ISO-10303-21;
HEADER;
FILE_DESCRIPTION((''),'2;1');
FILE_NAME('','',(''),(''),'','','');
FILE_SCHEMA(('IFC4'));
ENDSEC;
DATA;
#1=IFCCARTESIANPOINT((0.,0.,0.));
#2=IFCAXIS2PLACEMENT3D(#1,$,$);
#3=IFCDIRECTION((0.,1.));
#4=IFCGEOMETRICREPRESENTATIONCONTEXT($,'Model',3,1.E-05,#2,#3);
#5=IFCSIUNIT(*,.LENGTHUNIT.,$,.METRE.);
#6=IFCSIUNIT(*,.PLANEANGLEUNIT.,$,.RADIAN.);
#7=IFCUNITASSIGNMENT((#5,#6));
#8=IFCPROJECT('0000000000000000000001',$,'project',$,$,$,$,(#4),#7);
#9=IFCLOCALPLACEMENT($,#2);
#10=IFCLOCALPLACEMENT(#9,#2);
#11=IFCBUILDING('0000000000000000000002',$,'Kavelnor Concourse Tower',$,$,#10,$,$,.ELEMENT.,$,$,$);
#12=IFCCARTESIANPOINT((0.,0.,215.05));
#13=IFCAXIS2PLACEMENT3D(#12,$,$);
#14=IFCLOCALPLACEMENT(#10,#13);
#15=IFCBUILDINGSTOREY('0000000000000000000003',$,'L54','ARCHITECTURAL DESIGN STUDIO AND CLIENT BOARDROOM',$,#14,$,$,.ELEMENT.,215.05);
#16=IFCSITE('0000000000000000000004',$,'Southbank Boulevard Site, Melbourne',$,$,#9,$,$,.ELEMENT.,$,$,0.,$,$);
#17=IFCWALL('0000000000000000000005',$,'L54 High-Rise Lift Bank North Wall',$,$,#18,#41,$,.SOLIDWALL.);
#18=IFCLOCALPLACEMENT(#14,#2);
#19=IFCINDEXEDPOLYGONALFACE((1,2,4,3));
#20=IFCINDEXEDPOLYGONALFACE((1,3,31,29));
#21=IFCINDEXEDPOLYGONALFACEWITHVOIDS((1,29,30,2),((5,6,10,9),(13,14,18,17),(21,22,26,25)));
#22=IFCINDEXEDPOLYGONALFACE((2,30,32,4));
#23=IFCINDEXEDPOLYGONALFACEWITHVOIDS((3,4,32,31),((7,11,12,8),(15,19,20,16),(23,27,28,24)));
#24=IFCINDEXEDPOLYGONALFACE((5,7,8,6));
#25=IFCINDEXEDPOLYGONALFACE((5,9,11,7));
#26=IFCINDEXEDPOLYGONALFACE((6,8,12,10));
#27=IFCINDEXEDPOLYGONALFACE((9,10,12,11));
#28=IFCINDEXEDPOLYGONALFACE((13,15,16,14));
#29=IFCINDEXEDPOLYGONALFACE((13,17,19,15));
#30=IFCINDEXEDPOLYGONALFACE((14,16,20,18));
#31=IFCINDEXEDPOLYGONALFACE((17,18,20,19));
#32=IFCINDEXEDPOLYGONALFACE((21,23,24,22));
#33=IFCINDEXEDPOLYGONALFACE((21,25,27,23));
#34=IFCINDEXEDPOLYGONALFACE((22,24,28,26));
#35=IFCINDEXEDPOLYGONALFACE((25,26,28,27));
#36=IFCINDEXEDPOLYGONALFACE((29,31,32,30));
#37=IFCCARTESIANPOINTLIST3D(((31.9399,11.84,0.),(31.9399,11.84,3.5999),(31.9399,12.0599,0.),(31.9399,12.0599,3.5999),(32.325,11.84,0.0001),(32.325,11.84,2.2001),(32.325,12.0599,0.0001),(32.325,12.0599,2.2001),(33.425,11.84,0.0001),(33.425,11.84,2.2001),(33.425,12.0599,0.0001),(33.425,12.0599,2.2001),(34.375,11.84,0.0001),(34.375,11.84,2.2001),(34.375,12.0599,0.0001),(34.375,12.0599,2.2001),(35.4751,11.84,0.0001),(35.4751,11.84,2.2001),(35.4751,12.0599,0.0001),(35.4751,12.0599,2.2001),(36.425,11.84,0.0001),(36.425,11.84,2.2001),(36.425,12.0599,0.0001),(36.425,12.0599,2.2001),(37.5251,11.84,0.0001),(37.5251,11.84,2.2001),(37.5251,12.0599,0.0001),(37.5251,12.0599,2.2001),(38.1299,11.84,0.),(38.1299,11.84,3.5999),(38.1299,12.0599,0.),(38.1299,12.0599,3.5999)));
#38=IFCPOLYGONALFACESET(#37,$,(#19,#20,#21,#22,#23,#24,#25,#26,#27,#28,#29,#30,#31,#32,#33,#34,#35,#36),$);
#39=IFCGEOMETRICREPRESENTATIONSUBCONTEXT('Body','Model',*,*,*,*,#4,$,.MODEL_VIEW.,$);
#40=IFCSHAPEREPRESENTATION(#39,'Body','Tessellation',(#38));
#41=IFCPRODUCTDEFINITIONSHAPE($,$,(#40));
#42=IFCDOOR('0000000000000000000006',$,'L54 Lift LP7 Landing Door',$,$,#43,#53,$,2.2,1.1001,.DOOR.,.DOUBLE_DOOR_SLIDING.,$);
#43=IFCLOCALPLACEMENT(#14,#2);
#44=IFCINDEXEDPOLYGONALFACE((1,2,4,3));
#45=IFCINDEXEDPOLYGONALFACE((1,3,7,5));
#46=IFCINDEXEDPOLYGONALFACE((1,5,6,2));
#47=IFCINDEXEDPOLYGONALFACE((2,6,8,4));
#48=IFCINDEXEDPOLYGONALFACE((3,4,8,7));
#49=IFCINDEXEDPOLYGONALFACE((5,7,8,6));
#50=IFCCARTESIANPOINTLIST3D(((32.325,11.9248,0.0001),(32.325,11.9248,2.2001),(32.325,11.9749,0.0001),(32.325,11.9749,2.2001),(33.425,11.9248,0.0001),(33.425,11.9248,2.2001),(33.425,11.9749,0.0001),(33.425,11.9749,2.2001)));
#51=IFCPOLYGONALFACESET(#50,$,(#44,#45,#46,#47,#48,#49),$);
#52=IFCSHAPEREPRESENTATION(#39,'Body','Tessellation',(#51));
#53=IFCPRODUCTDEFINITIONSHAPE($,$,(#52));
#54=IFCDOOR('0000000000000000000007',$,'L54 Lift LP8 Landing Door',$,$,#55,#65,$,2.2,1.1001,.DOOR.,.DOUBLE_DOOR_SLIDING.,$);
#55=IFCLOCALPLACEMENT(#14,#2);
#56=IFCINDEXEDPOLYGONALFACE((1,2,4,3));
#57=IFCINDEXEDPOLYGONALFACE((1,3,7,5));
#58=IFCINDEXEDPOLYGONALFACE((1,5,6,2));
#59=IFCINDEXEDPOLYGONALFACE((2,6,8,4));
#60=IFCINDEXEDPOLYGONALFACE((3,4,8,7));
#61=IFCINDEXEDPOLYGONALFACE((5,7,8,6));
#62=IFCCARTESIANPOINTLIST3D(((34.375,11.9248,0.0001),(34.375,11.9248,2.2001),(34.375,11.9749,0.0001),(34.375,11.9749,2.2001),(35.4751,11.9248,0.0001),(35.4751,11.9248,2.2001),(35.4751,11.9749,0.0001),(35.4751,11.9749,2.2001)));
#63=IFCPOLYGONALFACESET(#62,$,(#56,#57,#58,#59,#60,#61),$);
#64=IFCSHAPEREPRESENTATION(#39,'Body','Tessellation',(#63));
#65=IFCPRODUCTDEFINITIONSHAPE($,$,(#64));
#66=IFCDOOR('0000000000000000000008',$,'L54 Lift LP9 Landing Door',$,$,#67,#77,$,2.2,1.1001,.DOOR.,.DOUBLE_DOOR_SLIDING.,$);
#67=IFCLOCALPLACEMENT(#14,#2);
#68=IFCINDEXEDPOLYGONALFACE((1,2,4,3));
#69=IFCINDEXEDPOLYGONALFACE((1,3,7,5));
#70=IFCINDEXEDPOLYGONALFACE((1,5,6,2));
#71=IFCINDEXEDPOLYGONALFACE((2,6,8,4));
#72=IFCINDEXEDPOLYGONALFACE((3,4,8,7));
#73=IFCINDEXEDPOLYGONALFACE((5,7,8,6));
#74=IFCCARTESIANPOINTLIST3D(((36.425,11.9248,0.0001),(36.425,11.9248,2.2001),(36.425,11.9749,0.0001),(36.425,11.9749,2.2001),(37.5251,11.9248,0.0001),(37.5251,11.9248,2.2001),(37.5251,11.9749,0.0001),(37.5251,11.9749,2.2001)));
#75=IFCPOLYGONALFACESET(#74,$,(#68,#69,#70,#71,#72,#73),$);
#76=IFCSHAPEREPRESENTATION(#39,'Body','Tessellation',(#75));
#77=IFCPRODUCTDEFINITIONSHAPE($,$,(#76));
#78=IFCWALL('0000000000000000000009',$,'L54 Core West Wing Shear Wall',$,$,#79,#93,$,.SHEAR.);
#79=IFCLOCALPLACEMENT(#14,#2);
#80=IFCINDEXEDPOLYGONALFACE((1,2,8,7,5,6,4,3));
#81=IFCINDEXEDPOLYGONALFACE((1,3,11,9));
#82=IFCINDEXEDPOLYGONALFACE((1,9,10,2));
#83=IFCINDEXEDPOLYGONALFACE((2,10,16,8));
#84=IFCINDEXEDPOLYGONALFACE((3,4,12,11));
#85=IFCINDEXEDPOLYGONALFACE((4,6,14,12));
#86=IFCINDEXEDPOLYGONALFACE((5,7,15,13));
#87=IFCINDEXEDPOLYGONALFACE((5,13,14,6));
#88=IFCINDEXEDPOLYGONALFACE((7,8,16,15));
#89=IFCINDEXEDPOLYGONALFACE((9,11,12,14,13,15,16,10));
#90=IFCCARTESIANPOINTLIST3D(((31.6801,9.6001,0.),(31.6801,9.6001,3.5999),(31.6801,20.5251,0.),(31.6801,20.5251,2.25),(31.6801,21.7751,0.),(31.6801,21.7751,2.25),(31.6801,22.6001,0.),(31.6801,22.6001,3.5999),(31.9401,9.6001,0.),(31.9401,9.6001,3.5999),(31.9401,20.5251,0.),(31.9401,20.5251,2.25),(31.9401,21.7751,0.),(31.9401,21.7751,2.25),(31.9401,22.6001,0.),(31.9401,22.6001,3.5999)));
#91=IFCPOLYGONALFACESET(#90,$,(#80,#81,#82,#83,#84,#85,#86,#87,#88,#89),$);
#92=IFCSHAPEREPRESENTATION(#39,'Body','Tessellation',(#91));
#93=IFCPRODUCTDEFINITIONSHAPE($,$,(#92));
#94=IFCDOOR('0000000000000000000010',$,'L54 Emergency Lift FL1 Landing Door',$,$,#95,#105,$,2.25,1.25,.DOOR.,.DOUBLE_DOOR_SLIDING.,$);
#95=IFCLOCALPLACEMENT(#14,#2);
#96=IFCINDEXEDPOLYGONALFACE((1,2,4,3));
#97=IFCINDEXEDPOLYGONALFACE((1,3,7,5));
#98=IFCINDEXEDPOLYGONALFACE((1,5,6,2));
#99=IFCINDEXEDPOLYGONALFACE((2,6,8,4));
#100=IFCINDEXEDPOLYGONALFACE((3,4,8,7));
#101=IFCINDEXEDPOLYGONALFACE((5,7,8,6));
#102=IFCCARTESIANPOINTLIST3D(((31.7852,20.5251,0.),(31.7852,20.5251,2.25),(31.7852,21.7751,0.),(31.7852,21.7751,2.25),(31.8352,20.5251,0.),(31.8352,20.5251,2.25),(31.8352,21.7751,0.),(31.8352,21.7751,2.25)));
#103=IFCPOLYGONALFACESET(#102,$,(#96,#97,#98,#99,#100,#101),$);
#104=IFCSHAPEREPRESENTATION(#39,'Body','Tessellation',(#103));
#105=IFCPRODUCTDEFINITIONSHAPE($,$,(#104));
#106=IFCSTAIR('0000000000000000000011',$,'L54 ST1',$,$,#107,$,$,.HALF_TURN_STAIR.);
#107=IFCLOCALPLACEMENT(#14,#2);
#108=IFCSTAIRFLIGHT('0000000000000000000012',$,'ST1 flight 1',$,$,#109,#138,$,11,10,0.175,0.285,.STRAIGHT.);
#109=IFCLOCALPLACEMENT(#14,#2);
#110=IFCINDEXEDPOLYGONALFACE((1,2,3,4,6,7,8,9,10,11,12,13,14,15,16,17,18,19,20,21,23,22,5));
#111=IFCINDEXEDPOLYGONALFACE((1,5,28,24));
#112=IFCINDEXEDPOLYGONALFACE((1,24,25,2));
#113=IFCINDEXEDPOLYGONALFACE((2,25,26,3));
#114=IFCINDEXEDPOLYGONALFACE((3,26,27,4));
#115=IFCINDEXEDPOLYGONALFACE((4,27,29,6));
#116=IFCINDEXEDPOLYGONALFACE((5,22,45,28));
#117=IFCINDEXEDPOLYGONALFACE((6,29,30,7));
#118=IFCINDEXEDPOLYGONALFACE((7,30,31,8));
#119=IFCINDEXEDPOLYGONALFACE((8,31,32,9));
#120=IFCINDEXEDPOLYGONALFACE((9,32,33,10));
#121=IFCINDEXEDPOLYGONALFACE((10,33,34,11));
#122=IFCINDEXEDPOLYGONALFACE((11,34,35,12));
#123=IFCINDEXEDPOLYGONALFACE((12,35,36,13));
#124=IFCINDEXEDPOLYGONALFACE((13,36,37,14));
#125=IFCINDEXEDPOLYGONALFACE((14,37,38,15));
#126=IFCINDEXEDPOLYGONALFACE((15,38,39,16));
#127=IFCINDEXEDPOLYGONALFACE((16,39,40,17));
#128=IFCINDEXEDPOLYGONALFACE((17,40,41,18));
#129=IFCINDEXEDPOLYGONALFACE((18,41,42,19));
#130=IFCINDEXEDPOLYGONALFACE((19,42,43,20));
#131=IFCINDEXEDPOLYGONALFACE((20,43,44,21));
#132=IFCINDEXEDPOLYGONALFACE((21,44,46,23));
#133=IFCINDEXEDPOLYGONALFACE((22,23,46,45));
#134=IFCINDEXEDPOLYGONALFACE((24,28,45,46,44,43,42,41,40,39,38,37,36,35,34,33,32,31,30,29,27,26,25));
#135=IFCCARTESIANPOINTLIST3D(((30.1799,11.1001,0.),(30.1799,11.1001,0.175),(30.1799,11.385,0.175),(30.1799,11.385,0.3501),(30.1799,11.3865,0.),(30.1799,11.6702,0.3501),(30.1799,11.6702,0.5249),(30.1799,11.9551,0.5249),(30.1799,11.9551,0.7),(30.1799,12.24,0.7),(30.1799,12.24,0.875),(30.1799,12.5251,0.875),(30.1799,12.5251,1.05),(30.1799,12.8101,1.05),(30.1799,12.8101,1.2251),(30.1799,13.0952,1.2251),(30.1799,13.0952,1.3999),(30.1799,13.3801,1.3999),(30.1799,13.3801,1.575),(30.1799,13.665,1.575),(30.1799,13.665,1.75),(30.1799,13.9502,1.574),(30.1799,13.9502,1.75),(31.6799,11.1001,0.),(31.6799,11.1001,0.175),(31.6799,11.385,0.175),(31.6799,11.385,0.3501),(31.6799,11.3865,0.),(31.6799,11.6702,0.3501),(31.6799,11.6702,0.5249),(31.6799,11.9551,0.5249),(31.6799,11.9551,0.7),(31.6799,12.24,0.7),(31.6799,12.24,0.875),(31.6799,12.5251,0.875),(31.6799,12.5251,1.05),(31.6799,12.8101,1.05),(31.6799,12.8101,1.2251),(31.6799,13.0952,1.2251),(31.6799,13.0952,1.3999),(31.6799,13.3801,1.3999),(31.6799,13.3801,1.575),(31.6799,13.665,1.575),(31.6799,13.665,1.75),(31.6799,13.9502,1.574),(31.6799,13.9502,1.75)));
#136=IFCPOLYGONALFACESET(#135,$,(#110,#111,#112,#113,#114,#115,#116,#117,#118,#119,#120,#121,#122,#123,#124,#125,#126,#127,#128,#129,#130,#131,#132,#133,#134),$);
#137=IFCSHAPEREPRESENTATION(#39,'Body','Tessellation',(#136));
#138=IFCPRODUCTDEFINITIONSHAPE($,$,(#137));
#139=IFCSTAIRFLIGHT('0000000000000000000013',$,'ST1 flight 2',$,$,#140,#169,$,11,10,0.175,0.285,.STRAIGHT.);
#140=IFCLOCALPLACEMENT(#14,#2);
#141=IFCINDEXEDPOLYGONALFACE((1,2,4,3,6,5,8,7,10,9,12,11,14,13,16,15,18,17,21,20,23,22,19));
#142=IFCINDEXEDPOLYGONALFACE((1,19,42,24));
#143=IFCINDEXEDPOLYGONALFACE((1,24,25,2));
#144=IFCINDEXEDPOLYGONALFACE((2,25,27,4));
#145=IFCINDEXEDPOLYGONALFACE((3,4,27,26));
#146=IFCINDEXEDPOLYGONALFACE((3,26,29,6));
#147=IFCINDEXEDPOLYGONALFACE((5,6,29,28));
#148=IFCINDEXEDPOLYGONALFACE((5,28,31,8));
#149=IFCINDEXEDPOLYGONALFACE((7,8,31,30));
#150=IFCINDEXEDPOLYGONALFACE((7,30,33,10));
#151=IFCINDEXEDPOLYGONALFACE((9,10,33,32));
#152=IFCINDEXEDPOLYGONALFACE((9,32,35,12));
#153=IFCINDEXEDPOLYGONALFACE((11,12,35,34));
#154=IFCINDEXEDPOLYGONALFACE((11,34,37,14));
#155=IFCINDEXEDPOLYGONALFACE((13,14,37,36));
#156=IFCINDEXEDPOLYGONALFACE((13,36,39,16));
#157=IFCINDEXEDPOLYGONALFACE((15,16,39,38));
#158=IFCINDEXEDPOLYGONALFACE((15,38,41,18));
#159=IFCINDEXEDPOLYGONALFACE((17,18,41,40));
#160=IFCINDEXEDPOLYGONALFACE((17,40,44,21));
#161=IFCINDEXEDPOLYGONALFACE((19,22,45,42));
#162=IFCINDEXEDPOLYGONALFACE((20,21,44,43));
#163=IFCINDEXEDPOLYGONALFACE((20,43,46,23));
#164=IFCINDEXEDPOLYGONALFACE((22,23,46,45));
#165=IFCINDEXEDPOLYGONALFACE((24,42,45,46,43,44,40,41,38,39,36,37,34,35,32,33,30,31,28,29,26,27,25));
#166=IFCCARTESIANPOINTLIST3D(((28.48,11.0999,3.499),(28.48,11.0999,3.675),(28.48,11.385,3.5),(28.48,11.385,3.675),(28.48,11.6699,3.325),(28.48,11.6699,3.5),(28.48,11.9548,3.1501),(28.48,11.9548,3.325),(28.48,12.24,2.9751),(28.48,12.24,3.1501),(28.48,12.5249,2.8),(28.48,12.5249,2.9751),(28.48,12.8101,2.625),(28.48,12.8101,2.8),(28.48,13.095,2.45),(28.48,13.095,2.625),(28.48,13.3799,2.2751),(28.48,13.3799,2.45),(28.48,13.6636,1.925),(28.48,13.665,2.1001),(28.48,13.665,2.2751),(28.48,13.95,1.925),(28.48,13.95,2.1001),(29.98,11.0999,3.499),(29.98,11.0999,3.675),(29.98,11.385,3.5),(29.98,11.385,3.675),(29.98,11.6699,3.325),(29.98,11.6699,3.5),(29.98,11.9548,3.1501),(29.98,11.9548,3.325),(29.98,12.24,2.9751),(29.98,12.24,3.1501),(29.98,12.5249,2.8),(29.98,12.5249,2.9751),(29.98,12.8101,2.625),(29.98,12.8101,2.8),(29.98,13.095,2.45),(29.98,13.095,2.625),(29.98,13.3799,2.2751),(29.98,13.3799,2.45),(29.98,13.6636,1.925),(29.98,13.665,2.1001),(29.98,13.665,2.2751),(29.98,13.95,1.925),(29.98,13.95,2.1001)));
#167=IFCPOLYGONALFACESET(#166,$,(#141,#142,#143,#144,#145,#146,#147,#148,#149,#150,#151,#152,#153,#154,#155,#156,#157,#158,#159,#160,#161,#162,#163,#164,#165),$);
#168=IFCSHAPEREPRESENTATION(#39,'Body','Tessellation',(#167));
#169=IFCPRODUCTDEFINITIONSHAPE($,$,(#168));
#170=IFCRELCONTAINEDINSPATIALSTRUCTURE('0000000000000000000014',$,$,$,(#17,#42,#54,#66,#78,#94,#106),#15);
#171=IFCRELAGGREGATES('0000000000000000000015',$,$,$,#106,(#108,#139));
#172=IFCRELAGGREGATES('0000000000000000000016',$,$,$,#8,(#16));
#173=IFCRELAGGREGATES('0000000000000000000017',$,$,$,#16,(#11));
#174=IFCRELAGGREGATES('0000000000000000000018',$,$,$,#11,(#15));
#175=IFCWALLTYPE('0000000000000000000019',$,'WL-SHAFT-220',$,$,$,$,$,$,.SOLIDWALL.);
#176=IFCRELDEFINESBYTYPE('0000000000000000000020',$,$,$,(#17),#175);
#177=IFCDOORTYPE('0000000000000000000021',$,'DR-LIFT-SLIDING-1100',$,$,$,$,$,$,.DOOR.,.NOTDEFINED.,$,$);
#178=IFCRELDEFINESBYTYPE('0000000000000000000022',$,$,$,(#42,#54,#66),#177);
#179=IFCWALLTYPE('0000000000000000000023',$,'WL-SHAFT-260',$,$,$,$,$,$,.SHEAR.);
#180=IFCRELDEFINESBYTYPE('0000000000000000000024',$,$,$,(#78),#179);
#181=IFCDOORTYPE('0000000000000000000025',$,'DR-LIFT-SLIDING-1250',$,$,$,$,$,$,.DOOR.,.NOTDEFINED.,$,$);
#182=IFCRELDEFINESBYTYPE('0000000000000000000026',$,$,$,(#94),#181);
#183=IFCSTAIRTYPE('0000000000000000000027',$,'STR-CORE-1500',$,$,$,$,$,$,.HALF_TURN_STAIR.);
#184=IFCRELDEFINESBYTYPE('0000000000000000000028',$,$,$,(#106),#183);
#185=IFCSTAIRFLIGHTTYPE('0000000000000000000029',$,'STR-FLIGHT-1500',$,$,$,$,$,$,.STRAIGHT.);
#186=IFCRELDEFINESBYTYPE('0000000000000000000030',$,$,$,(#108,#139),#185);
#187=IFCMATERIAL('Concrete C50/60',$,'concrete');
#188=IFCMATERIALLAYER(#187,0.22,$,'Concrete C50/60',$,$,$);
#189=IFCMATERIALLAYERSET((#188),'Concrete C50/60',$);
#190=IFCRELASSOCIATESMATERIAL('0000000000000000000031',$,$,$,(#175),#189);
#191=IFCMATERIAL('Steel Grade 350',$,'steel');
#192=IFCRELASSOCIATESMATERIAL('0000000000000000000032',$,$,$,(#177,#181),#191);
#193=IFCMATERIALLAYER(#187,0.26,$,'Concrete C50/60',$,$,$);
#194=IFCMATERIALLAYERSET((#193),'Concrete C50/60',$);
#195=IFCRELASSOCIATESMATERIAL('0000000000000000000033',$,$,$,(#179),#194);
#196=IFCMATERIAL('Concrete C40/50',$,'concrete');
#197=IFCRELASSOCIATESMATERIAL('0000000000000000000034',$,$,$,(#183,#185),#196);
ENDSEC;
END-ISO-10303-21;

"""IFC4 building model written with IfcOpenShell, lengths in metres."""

from ifc_helpers import new_model, si_unit, direction, frame, frame_2d, origin, place, context, subcontext, project, spatial, polyline, rectangle, outline, extrude, material, layer, layer_set, type_object, element, fill, aggregate, save


model = new_model("IFC4")

# Units and contexts
model_context = context("Model", 3, precision=1e-05, world=origin(), true_north=direction((0.0, 1.0)))
body_context = subcontext(model_context, "Body", "Model", "MODEL_VIEW")
ifc_project = project(units=[si_unit("LENGTHUNIT", "METRE"), si_unit("PLANEANGLEUNIT", "RADIAN")], contexts=[model_context])

# Site, building, storey
site_placement = place(None, origin())
site = spatial("IfcSite", under=ifc_project, at=site_placement, Name="Southbank Boulevard Site, Melbourne", CompositionType="ELEMENT", RefElevation=0.0)
building_placement = place(site_placement, origin())
building = spatial("IfcBuilding", under=site, at=building_placement, Name="Kavelnor Concourse Tower", CompositionType="ELEMENT")
storey_placement = place(building_placement, frame((0.0, 0.0, 215.05)))
storey = spatial("IfcBuildingStorey", under=building, at=storey_placement, Name="L54", Description="ARCHITECTURAL DESIGN STUDIO AND CLIENT BOARDROOM", CompositionType="ELEMENT", Elevation=215.05)

# Shared definitions
ifc_material_1 = material(Name="Steel Grade 350", Category="steel")

# Shared definitions
ifc_material_2 = material(Name="Concrete C50/60", Category="concrete")

# Shared definitions
ifc_layer_1 = layer(ifc_material_2, 0.22, Name="Concrete C50/60")
ifc_layer_set_1 = layer_set([ifc_layer_1], Name="Concrete C50/60")
wall_type_1 = type_object("IfcWallType", Name="WL-SHAFT-220", PredefinedType="SOLIDWALL", material=ifc_layer_set_1)

# Wall, openings, doors
wall_1_placement = place(storey_placement, frame((31.9399, 11.95, 0.0), z_axis=(0.0, 0.0, 1.0), x_axis=(1.0, 0.0, 0.0)))
wall_1 = element("IfcWall", 1, at=wall_1_placement, inside=storey, type_object=wall_type_1, Name="L54 High-Rise Lift Bank North Wall", PredefinedType="SOLIDWALL", context=body_context, shape_type="SweptSolid", body=[
    extrude(rectangle(XDim=6.1899, YDim=0.22, at=frame_2d((3.095, 0.0))), origin(), (0.0, 0.0, 1.0), 3.5999),
])
opening_1_placement = place(wall_1_placement, frame((0.385, 0.0, 0.0)))
opening_1 = element("IfcOpeningElement", 2, at=opening_1_placement, cuts=wall_1, PredefinedType="OPENING", context=body_context, shape_type="SweptSolid", body=[
    extrude(rectangle(XDim=1.1001, YDim=2.2, at=frame_2d((0.55, 1.1001))), frame((0.0, 0.1201, 0.0), z_axis=(0.0, -1.0, 0.0), x_axis=(1.0, 0.0, 0.0)), (0.0, 0.0, 1.0), 0.24),
])
opening_2_placement = place(wall_1_placement, frame((2.4351, 0.0, 0.0)))
opening_2 = element("IfcOpeningElement", 3, at=opening_2_placement, cuts=wall_1, PredefinedType="OPENING", context=body_context, shape_type="SweptSolid", body=[
    extrude(rectangle(XDim=1.1001, YDim=2.2, at=frame_2d((0.55, 1.1001))), frame((0.0, 0.1201, 0.0), z_axis=(0.0, -1.0, 0.0), x_axis=(1.0, 0.0, 0.0)), (0.0, 0.0, 1.0), 0.24),
])
opening_3_placement = place(wall_1_placement, frame((4.4851, 0.0, 0.0)))
opening_3 = element("IfcOpeningElement", 4, at=opening_3_placement, cuts=wall_1, PredefinedType="OPENING", context=body_context, shape_type="SweptSolid", body=[
    extrude(rectangle(XDim=1.1001, YDim=2.2, at=frame_2d((0.55, 1.1001))), frame((0.0, 0.1201, 0.0), z_axis=(0.0, -1.0, 0.0), x_axis=(1.0, 0.0, 0.0)), (0.0, 0.0, 1.0), 0.24),
])
door_type_1 = type_object("IfcDoorType", Name="DR-LIFT-SLIDING-1100", OperationType="NOTDEFINED", PredefinedType="DOOR", material=ifc_material_1)
door_1_placement = place(opening_1_placement, origin())
door_1 = element("IfcDoor", 5, at=door_1_placement, inside=storey, type_object=door_type_1, Name="L54 Lift LP7 Landing Door", OperationType="DOUBLE_DOOR_SLIDING", OverallHeight=2.2, OverallWidth=1.1001, PredefinedType="DOOR", context=body_context, shape_type="SweptSolid", body=[
    extrude(rectangle(XDim=1.1001, YDim=2.2, at=frame_2d((0.55, 1.1001))), frame((0.0, 0.0249, 0.0), z_axis=(0.0, -1.0, 0.0), x_axis=(1.0, 0.0, 0.0)), (0.0, 0.0, 1.0), 0.05),
])
fill(opening_1, door_1)
door_2_placement = place(opening_2_placement, origin())
door_2 = element("IfcDoor", 6, at=door_2_placement, inside=storey, type_object=door_type_1, Name="L54 Lift LP8 Landing Door", OperationType="DOUBLE_DOOR_SLIDING", OverallHeight=2.2, OverallWidth=1.1001, PredefinedType="DOOR", context=body_context, shape_type="SweptSolid", body=[
    extrude(rectangle(XDim=1.1001, YDim=2.2, at=frame_2d((0.55, 1.1001))), frame((0.0, 0.0249, 0.0), z_axis=(0.0, -1.0, 0.0), x_axis=(1.0, 0.0, 0.0)), (0.0, 0.0, 1.0), 0.05),
])
fill(opening_2, door_2)
door_3_placement = place(opening_3_placement, origin())
door_3 = element("IfcDoor", 7, at=door_3_placement, inside=storey, type_object=door_type_1, Name="L54 Lift LP9 Landing Door", OperationType="DOUBLE_DOOR_SLIDING", OverallHeight=2.2, OverallWidth=1.1001, PredefinedType="DOOR", context=body_context, shape_type="SweptSolid", body=[
    extrude(rectangle(XDim=1.1001, YDim=2.2, at=frame_2d((0.55, 1.1001))), frame((0.0, 0.0249, 0.0), z_axis=(0.0, -1.0, 0.0), x_axis=(1.0, 0.0, 0.0)), (0.0, 0.0, 1.0), 0.05),
])
fill(opening_3, door_3)

# Wall, opening, door
ifc_layer_2 = layer(ifc_material_2, 0.26, Name="Concrete C50/60")
ifc_layer_set_2 = layer_set([ifc_layer_2], Name="Concrete C50/60")
wall_type_2 = type_object("IfcWallType", Name="WL-SHAFT-260", PredefinedType="SHEAR", material=ifc_layer_set_2)
wall_2_placement = place(storey_placement, frame((31.8101, 9.6001, 0.0), z_axis=(0.0, 0.0, 1.0), x_axis=(0.0, 1.0, 0.0)))
wall_2 = element("IfcWall", 8, at=wall_2_placement, inside=storey, type_object=wall_type_2, Name="L54 Core West Wing Shear Wall", PredefinedType="SHEAR", context=body_context, shape_type="SweptSolid", body=[
    extrude(rectangle(XDim=13.0, YDim=0.26, at=frame_2d((6.5, 0.0))), origin(), (0.0, 0.0, 1.0), 3.5999),
])
opening_4_placement = place(wall_2_placement, frame((10.925, 0.0, 0.0)))
opening_4 = element("IfcOpeningElement", 9, at=opening_4_placement, cuts=wall_2, PredefinedType="OPENING", context=body_context, shape_type="SweptSolid", body=[
    extrude(rectangle(XDim=1.25, YDim=2.25, at=frame_2d((0.625, 1.125))), frame((0.0, 0.1401, 0.0), z_axis=(0.0, -1.0, 0.0), x_axis=(1.0, 0.0, 0.0)), (0.0, 0.0, 1.0), 0.28),
])
door_type_2 = type_object("IfcDoorType", Name="DR-LIFT-SLIDING-1250", OperationType="NOTDEFINED", PredefinedType="DOOR", material=ifc_material_1)
door_4_placement = place(opening_4_placement, origin())
door_4 = element("IfcDoor", 10, at=door_4_placement, inside=storey, type_object=door_type_2, Name="L54 Emergency Lift FL1 Landing Door", OperationType="DOUBLE_DOOR_SLIDING", OverallHeight=2.25, OverallWidth=1.25, PredefinedType="DOOR", context=body_context, shape_type="SweptSolid", body=[
    extrude(rectangle(XDim=1.25, YDim=2.25, at=frame_2d((0.625, 1.125))), frame((0.0, 0.0249, 0.0), z_axis=(0.0, -1.0, 0.0), x_axis=(1.0, 0.0, 0.0)), (0.0, 0.0, 1.0), 0.05),
])
fill(opening_4, door_4)

# Stair, stair flights
ifc_material_3 = material(Name="Concrete C40/50", Category="concrete")
stair_type = type_object("IfcStairType", Name="STR-CORE-1500", PredefinedType="HALF_TURN_STAIR", material=ifc_material_3)
stair_placement = place(storey_placement, origin())
stair = element("IfcStair", 11, at=stair_placement, inside=storey, type_object=stair_type, Name="L54 ST1", PredefinedType="HALF_TURN_STAIR")
stair_flight_type = type_object("IfcStairFlightType", Name="STR-FLIGHT-1500", PredefinedType="STRAIGHT", material=ifc_material_3)
stair_flight_1_placement = place(storey_placement, frame((30.9299, 11.1001, 0.0), z_axis=(0.0, 0.0, 1.0), x_axis=(0.0, 1.0, 0.0)))
stair_flight_1 = element("IfcStairFlight", 12, at=stair_flight_1_placement, type_object=stair_flight_type, Name="ST1 flight 1", NumberOfRisers=11, NumberOfTreads=10, PredefinedType="STRAIGHT", RiserHeight=0.175, TreadLength=0.285, context=body_context, shape_type="SweptSolid", body=[
    extrude(outline(polyline([(0.0, 0.0), (0.0, 0.175), (0.2849, 0.175), (0.2849, 0.3501), (0.5701, 0.3501), (0.5701, 0.5249), (0.855, 0.5249), (0.855, 0.7), (1.1399, 0.7), (1.1399, 0.875), (1.425, 0.875), (1.425, 1.05), (1.71, 1.05), (1.71, 1.2251), (1.9951, 1.2251), (1.9951, 1.3999), (2.28, 1.3999), (2.28, 1.575), (2.5649, 1.575), (2.5649, 1.75), (2.8501, 1.75), (2.8501, 1.925), (2.8501, 1.574), (0.2864, 0.0), (0.0, 0.0)])), frame((0.0, 0.75, 0.0), z_axis=(0.0, -1.0, 0.0), x_axis=(1.0, 0.0, 0.0)), (0.0, 0.0, 1.0), 1.5),
])
stair_flight_2_placement = place(storey_placement, frame((29.23, 13.95, 1.925), z_axis=(0.0, 0.0, 1.0), x_axis=(0.0, -1.0, 0.0)))
stair_flight_2 = element("IfcStairFlight", 13, at=stair_flight_2_placement, type_object=stair_flight_type, Name="ST1 flight 2", NumberOfRisers=11, NumberOfTreads=10, PredefinedType="STRAIGHT", RiserHeight=0.175, TreadLength=0.285, context=body_context, shape_type="SweptSolid", body=[
    extrude(outline(polyline([(0.0, 0.0), (0.0, 0.175), (0.2849, 0.175), (0.2849, 0.3501), (0.5701, 0.3501), (0.5701, 0.5249), (0.855, 0.5249), (0.855, 0.7), (1.1399, 0.7), (1.1399, 0.875), (1.425, 0.875), (1.425, 1.05), (1.71, 1.05), (1.71, 1.2251), (1.9951, 1.2251), (1.9951, 1.3999), (2.28, 1.3999), (2.28, 1.575), (2.5649, 1.575), (2.5649, 1.75), (2.8501, 1.75), (2.8501, 1.925), (2.8501, 1.574), (0.2864, 0.0), (0.0, 0.0)])), frame((0.0, 0.75, 0.0), z_axis=(0.0, -1.0, 0.0), x_axis=(1.0, 0.0, 0.0)), (0.0, 0.0, 1.0), 1.5),
])
aggregate(stair, [stair_flight_1, stair_flight_2])

save(model, "model.ifc")
